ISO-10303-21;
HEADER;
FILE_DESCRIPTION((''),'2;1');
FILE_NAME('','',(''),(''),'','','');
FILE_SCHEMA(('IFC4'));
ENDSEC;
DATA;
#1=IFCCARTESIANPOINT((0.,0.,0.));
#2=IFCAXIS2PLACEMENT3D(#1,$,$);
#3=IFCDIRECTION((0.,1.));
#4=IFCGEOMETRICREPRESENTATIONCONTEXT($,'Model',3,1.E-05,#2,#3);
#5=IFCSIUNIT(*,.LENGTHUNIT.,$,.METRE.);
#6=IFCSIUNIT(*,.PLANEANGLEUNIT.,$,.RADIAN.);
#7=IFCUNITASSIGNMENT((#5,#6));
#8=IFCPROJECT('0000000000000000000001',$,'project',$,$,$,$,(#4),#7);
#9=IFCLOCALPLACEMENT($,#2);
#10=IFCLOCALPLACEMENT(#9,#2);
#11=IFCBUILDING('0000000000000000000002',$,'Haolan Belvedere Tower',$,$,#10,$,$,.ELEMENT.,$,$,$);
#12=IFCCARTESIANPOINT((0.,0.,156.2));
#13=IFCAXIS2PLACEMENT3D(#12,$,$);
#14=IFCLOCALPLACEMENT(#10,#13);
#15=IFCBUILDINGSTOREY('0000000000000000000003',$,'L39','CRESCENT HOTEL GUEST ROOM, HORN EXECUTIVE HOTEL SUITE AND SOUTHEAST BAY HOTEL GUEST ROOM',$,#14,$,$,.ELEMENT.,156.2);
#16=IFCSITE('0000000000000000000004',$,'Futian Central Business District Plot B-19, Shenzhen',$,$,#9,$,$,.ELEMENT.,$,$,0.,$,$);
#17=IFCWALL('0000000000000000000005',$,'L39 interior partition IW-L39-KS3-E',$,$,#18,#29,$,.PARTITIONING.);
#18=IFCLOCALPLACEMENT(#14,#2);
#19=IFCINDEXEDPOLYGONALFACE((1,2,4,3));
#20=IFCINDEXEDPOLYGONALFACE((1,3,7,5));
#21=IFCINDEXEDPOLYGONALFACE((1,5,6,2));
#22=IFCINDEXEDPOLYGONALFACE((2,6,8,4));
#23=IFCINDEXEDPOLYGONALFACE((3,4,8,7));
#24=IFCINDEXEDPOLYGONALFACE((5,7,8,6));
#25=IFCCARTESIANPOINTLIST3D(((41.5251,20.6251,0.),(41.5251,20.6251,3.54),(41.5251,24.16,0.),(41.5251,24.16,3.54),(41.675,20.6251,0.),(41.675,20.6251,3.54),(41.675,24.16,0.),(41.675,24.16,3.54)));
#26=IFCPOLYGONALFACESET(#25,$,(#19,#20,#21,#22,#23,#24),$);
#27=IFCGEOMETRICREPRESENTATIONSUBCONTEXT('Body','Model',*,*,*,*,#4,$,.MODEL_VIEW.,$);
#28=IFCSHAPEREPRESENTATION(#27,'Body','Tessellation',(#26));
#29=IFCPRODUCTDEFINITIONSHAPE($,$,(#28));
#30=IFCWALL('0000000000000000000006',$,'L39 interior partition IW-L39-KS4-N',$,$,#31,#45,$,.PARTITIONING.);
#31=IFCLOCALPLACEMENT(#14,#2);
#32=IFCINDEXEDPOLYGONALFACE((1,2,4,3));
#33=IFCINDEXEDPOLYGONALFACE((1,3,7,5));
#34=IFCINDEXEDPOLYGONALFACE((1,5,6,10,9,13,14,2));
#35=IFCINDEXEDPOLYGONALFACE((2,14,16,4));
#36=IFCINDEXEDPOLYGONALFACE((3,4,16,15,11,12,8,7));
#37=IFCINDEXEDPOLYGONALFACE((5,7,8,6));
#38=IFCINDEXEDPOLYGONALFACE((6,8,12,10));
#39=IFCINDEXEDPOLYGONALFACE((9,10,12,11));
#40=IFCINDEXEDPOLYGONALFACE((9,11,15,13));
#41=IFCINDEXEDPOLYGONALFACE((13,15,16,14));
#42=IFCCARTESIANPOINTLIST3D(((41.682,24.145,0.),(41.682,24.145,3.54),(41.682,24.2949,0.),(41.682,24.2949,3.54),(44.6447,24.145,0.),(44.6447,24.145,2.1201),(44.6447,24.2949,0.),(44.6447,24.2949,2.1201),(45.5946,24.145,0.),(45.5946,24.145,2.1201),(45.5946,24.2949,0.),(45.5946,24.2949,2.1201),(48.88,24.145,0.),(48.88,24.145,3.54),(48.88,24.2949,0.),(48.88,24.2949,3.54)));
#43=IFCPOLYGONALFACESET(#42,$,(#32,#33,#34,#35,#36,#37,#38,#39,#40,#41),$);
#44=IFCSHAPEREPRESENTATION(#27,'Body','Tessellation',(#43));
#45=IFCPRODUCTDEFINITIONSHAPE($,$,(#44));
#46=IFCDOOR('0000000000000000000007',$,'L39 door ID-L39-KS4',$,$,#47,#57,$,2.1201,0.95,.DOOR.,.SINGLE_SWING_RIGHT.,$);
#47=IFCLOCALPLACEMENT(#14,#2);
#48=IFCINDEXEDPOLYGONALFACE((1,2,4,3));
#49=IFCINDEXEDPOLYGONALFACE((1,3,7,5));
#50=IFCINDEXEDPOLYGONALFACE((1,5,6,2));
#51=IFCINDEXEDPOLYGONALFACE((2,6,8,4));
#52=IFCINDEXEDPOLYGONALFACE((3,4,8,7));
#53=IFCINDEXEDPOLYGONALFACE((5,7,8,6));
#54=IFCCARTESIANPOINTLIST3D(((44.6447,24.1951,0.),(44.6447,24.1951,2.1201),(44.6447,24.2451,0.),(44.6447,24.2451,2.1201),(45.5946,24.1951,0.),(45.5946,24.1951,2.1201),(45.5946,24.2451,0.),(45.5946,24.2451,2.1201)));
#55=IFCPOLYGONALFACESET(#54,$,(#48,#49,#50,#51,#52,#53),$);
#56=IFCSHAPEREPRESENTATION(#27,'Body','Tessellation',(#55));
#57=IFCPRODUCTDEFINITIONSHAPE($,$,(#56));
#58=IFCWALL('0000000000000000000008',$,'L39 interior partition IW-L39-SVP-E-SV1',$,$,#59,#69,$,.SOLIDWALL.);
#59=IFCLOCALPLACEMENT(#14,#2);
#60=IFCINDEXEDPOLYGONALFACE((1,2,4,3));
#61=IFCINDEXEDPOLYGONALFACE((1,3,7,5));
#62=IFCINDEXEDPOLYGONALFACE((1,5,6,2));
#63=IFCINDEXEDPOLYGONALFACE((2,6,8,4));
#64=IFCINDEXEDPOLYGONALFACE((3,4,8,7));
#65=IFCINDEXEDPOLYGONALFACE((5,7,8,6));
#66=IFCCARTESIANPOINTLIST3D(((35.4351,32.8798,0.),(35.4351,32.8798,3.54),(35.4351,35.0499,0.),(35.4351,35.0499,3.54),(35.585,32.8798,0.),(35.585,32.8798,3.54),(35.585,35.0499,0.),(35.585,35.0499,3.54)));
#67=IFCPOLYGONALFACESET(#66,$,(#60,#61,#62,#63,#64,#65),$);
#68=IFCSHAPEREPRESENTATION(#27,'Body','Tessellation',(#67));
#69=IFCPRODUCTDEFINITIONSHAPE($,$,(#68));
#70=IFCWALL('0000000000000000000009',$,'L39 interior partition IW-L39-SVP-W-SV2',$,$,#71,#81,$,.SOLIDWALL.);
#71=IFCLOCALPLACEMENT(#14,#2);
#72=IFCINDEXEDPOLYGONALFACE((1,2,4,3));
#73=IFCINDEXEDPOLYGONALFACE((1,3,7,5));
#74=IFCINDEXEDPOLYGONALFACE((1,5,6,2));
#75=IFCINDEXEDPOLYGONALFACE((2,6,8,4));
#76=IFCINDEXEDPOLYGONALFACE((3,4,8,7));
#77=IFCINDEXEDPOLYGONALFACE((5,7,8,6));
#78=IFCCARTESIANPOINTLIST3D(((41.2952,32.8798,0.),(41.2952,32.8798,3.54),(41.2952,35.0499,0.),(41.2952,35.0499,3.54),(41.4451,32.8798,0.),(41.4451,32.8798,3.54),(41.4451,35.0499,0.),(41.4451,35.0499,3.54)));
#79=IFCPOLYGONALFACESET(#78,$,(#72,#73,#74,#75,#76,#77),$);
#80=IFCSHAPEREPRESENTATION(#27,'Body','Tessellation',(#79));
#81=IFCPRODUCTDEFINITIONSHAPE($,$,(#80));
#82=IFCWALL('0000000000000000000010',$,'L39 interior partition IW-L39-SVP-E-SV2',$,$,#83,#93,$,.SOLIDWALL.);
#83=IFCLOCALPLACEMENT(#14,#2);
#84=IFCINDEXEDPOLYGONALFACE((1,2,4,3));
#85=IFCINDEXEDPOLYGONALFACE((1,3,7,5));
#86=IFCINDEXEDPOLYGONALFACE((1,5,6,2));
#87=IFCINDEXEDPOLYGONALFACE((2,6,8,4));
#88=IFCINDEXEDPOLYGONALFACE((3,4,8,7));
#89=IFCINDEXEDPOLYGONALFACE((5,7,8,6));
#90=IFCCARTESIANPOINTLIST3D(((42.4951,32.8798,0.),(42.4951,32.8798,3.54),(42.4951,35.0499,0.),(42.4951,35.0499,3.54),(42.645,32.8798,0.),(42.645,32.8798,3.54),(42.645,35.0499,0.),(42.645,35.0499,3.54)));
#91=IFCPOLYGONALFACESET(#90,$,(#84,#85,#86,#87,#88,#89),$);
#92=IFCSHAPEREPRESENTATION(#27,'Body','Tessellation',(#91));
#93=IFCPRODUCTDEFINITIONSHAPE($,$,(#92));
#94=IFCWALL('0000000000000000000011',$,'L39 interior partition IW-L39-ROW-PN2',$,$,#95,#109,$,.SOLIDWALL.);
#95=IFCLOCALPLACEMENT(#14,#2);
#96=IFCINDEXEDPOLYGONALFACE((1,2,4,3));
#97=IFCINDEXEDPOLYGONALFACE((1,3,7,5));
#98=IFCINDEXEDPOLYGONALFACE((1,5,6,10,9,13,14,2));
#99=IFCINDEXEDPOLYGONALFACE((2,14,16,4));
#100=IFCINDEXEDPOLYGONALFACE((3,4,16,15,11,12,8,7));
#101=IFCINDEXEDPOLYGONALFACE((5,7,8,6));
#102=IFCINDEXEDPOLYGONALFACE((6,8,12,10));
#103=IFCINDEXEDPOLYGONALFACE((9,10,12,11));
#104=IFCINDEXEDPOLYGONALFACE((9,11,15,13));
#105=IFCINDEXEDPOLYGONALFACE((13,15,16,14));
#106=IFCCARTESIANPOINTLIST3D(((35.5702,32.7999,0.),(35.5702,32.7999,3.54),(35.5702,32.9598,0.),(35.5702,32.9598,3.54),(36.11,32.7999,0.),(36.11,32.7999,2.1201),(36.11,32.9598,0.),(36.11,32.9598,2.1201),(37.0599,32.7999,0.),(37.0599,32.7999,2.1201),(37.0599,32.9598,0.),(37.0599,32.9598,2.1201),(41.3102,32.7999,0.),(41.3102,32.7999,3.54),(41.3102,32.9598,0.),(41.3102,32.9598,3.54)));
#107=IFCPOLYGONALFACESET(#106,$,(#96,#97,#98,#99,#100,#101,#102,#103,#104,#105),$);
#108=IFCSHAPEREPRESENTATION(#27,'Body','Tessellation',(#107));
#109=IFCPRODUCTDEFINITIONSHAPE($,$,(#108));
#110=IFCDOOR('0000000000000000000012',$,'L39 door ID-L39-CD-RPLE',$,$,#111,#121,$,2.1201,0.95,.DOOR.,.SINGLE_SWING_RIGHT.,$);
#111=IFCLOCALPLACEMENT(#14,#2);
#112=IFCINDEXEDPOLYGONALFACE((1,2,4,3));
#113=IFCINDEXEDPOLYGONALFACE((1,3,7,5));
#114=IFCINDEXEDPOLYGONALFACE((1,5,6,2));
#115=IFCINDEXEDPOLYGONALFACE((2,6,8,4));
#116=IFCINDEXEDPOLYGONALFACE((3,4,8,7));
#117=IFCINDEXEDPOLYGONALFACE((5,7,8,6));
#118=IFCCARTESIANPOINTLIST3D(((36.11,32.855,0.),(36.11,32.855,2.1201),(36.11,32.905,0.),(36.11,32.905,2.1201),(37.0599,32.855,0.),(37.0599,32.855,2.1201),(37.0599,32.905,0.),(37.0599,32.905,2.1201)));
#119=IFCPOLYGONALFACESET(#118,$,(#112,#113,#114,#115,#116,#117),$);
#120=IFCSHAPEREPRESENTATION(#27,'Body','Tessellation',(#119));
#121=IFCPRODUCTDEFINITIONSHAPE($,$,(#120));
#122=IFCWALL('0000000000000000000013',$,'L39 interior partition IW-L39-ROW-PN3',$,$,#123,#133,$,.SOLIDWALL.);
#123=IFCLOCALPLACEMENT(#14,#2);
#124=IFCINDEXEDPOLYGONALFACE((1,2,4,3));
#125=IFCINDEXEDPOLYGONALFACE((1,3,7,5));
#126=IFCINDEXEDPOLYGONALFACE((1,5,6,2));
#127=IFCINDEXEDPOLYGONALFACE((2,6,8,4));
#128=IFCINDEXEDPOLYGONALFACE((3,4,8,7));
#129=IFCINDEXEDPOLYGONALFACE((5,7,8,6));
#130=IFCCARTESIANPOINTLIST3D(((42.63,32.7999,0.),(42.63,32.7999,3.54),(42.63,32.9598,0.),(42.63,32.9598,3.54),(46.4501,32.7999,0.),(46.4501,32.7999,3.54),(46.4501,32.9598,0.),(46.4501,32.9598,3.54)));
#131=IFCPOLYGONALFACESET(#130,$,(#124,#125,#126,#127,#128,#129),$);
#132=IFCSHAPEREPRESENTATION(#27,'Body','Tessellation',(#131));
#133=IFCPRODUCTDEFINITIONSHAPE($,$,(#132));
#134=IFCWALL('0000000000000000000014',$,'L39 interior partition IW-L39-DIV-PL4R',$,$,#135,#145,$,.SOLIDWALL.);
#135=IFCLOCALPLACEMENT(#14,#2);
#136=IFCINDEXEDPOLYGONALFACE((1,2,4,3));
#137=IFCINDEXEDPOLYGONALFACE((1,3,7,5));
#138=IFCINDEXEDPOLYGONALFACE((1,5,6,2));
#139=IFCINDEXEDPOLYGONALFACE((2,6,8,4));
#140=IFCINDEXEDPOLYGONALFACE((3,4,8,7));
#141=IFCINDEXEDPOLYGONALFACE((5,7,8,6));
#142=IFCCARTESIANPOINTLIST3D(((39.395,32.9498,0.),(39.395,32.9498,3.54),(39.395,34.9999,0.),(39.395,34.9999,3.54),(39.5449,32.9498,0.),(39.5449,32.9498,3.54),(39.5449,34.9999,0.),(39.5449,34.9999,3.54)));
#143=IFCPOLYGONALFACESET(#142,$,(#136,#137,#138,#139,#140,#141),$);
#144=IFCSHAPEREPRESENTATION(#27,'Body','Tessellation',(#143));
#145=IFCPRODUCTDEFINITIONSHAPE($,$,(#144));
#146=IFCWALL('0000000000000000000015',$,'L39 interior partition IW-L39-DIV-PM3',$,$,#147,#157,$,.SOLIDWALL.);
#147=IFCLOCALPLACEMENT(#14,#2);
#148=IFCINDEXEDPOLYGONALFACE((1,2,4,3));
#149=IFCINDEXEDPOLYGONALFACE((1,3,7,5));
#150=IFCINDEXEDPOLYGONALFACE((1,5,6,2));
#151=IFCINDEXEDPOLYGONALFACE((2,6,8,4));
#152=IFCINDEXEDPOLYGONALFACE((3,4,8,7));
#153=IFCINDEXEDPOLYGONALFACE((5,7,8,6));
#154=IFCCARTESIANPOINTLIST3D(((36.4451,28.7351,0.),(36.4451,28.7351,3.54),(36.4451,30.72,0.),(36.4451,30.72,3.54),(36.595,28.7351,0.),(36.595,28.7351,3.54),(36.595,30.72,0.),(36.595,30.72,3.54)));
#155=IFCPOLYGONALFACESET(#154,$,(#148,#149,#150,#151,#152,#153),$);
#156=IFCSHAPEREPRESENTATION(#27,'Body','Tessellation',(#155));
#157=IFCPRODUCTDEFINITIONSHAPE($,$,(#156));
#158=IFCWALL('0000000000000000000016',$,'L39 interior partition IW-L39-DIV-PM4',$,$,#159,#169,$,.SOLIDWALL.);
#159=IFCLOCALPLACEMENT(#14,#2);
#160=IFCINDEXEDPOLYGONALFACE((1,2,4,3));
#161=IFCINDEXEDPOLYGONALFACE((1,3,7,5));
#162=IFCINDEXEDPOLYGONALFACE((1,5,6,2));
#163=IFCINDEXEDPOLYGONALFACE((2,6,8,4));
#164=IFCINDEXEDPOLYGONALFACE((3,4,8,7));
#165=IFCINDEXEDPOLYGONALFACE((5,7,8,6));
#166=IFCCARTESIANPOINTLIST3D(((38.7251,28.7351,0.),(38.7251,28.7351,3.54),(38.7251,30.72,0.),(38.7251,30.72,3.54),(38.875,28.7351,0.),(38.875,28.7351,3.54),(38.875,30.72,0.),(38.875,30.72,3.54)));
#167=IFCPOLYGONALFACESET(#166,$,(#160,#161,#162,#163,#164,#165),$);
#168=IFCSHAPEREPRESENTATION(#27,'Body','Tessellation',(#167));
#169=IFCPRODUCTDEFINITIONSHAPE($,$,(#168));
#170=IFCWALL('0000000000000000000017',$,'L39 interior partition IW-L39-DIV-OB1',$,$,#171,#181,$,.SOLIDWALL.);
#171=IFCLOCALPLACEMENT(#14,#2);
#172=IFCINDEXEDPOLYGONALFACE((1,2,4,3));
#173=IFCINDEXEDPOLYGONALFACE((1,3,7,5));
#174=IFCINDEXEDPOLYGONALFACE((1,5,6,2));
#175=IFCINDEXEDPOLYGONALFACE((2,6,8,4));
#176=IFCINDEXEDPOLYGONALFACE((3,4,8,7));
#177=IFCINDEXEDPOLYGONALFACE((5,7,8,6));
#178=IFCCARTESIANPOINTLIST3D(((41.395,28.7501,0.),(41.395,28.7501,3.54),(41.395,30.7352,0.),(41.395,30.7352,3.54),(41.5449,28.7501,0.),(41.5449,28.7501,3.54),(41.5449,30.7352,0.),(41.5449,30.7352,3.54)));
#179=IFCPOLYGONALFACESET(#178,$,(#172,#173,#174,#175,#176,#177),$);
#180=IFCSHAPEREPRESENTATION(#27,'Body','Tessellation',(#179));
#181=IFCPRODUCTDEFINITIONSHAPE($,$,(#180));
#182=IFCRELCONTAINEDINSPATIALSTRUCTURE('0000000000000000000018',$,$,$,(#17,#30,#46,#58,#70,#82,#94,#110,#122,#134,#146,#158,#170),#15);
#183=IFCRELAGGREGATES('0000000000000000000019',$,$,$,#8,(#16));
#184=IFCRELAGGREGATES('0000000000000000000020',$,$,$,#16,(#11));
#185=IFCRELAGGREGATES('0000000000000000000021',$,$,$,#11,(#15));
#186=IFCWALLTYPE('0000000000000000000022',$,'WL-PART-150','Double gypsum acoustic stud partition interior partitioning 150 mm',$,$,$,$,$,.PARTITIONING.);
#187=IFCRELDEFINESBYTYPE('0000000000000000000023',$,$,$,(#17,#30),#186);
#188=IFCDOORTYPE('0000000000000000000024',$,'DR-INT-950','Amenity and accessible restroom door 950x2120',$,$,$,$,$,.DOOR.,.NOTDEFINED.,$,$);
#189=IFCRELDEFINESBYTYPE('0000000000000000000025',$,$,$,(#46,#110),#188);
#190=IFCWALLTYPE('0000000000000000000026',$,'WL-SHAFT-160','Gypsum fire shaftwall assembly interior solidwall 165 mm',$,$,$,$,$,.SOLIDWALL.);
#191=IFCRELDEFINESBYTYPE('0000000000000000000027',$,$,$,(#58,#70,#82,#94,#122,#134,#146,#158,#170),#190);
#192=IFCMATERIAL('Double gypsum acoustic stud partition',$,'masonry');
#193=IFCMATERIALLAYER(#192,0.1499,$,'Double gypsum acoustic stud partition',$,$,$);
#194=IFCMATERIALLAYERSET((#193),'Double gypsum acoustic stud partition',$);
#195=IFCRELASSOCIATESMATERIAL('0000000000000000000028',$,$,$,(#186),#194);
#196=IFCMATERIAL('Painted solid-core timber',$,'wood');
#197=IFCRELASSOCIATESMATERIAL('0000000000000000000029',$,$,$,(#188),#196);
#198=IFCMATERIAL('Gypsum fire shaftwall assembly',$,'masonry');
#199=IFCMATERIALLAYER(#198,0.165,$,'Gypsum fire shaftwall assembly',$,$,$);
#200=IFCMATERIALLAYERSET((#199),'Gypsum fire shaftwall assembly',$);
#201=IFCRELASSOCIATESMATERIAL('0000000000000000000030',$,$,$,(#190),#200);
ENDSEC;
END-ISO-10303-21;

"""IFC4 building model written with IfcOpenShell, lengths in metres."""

from ifc_helpers import new_model, si_unit, direction, frame, frame_2d, origin, place, context, subcontext, project, spatial, rectangle, extrude, material, layer, layer_set, type_object, element, fill, save


model = new_model("IFC4")

# Units and contexts
model_context = context("Model", 3, precision=1e-05, world=origin(), true_north=direction((0.0, 1.0)))
body_context = subcontext(model_context, "Body", "Model", "MODEL_VIEW")
ifc_project = project(units=[si_unit("LENGTHUNIT", "METRE"), si_unit("PLANEANGLEUNIT", "RADIAN")], contexts=[model_context])

# Site, building, storey
site_placement = place(None, origin())
site = spatial("IfcSite", under=ifc_project, at=site_placement, Name="Futian Central Business District Plot B-19, Shenzhen", CompositionType="ELEMENT", RefElevation=0.0)
building_placement = place(site_placement, origin())
building = spatial("IfcBuilding", under=site, at=building_placement, Name="Haolan Belvedere Tower", CompositionType="ELEMENT")
storey_placement = place(building_placement, frame((0.0, 0.0, 156.2)))
storey = spatial("IfcBuildingStorey", under=building, at=storey_placement, Name="L39", Description="CRESCENT HOTEL GUEST ROOM, HORN EXECUTIVE HOTEL SUITE AND SOUTHEAST BAY HOTEL GUEST ROOM", CompositionType="ELEMENT", Elevation=156.2)

# Shared definitions
ifc_material_1 = material(Name="Double gypsum acoustic stud partition", Category="masonry")
ifc_layer_1 = layer(ifc_material_1, 0.1499, Name="Double gypsum acoustic stud partition")
ifc_layer_set_1 = layer_set([ifc_layer_1], Name="Double gypsum acoustic stud partition")
wall_type_1 = type_object("IfcWallType", Name="WL-PART-150", Description="Double gypsum acoustic stud partition interior partitioning 150 mm", PredefinedType="PARTITIONING", material=ifc_layer_set_1)

# Shared definitions
ifc_material_2 = material(Name="Painted solid-core timber", Category="wood")
door_type = type_object("IfcDoorType", Name="DR-INT-950", Description="Amenity and accessible restroom door 950x2120", OperationType="NOTDEFINED", PredefinedType="DOOR", material=ifc_material_2)

# Wall
wall_1_placement = place(storey_placement, frame((41.6001, 20.625, 0.0), z_axis=(0.0, 0.0, 1.0), x_axis=(0.0, 1.0, 0.0)))
element("IfcWall", 1, at=wall_1_placement, inside=storey, type_object=wall_type_1, Name="L39 interior partition IW-L39-KS3-E", PredefinedType="PARTITIONING", context=body_context, shape_type="SweptSolid", body=[
    extrude(rectangle(XDim=3.5349, YDim=0.1499, at=frame_2d((1.7676, 0.0))), origin(), (0.0, 0.0, 1.0), 3.54),
])

# Wall, opening, door
wall_2_placement = place(storey_placement, frame((41.6819, 24.22, 0.0), z_axis=(0.0, 0.0, 1.0), x_axis=(1.0, 0.0, 0.0)))
wall_2 = element("IfcWall", 2, at=wall_2_placement, inside=storey, type_object=wall_type_1, Name="L39 interior partition IW-L39-KS4-N", PredefinedType="PARTITIONING", context=body_context, shape_type="SweptSolid", body=[
    extrude(rectangle(XDim=7.198, YDim=0.1499, at=frame_2d((3.5991, 0.0))), origin(), (0.0, 0.0, 1.0), 3.54),
])
opening_1_placement = place(wall_2_placement, frame((3.9128, 0.0, 0.0), z_axis=(0.0, 0.0, 1.0), x_axis=(-1.0, 0.0, 0.0)))
opening_1 = element("IfcOpeningElement", 3, at=opening_1_placement, cuts=wall_2, PredefinedType="OPENING", context=body_context, shape_type="SweptSolid", body=[
    extrude(rectangle(XDim=0.95, YDim=2.1201, at=frame_2d((0.4751, 1.0601))), frame((0.0, 0.085, 0.0), z_axis=(0.0, -1.0, 0.0), x_axis=(1.0, 0.0, 0.0)), (0.0, 0.0, 1.0), 0.1699),
])
door_1_placement = place(opening_1_placement, origin())
door_1 = element("IfcDoor", 4, at=door_1_placement, inside=storey, type_object=door_type, Name="L39 door ID-L39-KS4", OperationType="SINGLE_SWING_RIGHT", OverallHeight=2.1201, OverallWidth=0.95, PredefinedType="DOOR", context=body_context, shape_type="SweptSolid", body=[
    extrude(rectangle(XDim=0.95, YDim=2.1201, at=frame_2d((0.4751, 1.0601))), frame((0.0, 0.0249, 0.0), z_axis=(0.0, -1.0, 0.0), x_axis=(1.0, 0.0, 0.0)), (0.0, 0.0, 1.0), 0.05),
])
fill(opening_1, door_1)

# Walls
ifc_material_3 = material(Name="Gypsum fire shaftwall assembly", Category="masonry")
ifc_layer_2 = layer(ifc_material_3, 0.165, Name="Gypsum fire shaftwall assembly")
ifc_layer_set_2 = layer_set([ifc_layer_2], Name="Gypsum fire shaftwall assembly")
wall_type_2 = type_object("IfcWallType", Name="WL-SHAFT-160", Description="Gypsum fire shaftwall assembly interior solidwall 165 mm", PredefinedType="SOLIDWALL", material=ifc_layer_set_2)
for number, where, z_axis, x_axis, name in (
    (5, (35.51, 32.8799, 0.0), (0.0, 0.0, 1.0), (0.0, 1.0, 0.0), "L39 interior partition IW-L39-SVP-E-SV1"),
    (6, (41.3701, 32.8799, 0.0), (0.0, 0.0, 1.0), (0.0, 1.0, 0.0), "L39 interior partition IW-L39-SVP-W-SV2"),
    (7, (42.5701, 32.8799, 0.0), (0.0, 0.0, 1.0), (0.0, 1.0, 0.0), "L39 interior partition IW-L39-SVP-E-SV2"),
):
    element("IfcWall", number, at=place(storey_placement, frame(where, z_axis=z_axis, x_axis=x_axis)), inside=storey, type_object=wall_type_2, Name=name, PredefinedType="SOLIDWALL", context=body_context, shape_type="SweptSolid", body=[
        extrude(rectangle(XDim=2.1702, YDim=0.1499, at=frame_2d((1.085, 0.0))), origin(), (0.0, 0.0, 1.0), 3.54),
    ])

# Wall, opening, door
wall_3_placement = place(storey_placement, frame((35.5701, 32.8799, 0.0), z_axis=(0.0, 0.0, 1.0), x_axis=(1.0, 0.0, 0.0)))
wall_3 = element("IfcWall", 8, at=wall_3_placement, inside=storey, type_object=wall_type_2, Name="L39 interior partition IW-L39-ROW-PN2", PredefinedType="SOLIDWALL", context=body_context, shape_type="SweptSolid", body=[
    extrude(rectangle(XDim=5.74, YDim=0.1599, at=frame_2d((2.8701, 0.0))), origin(), (0.0, 0.0, 1.0), 3.54),
])
opening_2_placement = place(wall_3_placement, frame((1.49, 0.0, 0.0), z_axis=(0.0, 0.0, 1.0), x_axis=(-1.0, 0.0, 0.0)))
opening_2 = element("IfcOpeningElement", 9, at=opening_2_placement, cuts=wall_3, PredefinedType="OPENING", context=body_context, shape_type="SweptSolid", body=[
    extrude(rectangle(XDim=0.95, YDim=2.1201, at=frame_2d((0.4751, 1.0601))), frame((0.0, 0.0898, 0.0), z_axis=(0.0, -1.0, 0.0), x_axis=(1.0, 0.0, 0.0)), (0.0, 0.0, 1.0), 0.1799),
])
door_2_placement = place(opening_2_placement, origin())
door_2 = element("IfcDoor", 10, at=door_2_placement, inside=storey, type_object=door_type, Name="L39 door ID-L39-CD-RPLE", OperationType="SINGLE_SWING_RIGHT", OverallHeight=2.1201, OverallWidth=0.95, PredefinedType="DOOR", context=body_context, shape_type="SweptSolid", body=[
    extrude(rectangle(XDim=0.95, YDim=2.1201, at=frame_2d((0.4751, 1.0601))), frame((0.0, 0.0249, 0.0), z_axis=(0.0, -1.0, 0.0), x_axis=(1.0, 0.0, 0.0)), (0.0, 0.0, 1.0), 0.05),
])
fill(opening_2, door_2)

# Walls
wall_4_placement = place(storey_placement, frame((42.6299, 32.8799, 0.0), z_axis=(0.0, 0.0, 1.0), x_axis=(1.0, 0.0, 0.0)))
element("IfcWall", 11, at=wall_4_placement, inside=storey, type_object=wall_type_2, Name="L39 interior partition IW-L39-ROW-PN3", PredefinedType="SOLIDWALL", context=body_context, shape_type="SweptSolid", body=[
    extrude(rectangle(XDim=3.8201, YDim=0.1599, at=frame_2d((1.9102, 0.0))), origin(), (0.0, 0.0, 1.0), 3.54),
])
wall_5_placement = place(storey_placement, frame((39.47, 32.95, 0.0), z_axis=(0.0, 0.0, 1.0), x_axis=(0.0, 1.0, 0.0)))
element("IfcWall", 12, at=wall_5_placement, inside=storey, type_object=wall_type_2, Name="L39 interior partition IW-L39-DIV-PL4R", PredefinedType="SOLIDWALL", context=body_context, shape_type="SweptSolid", body=[
    extrude(rectangle(XDim=2.05, YDim=0.1499, at=frame_2d((1.0249, 0.0))), origin(), (0.0, 0.0, 1.0), 3.54),
])
for number, where, z_axis, x_axis, name in (
    (13, (36.52, 28.7351, 0.0), (0.0, 0.0, 1.0), (0.0, 1.0, 0.0), "L39 interior partition IW-L39-DIV-PM3"),
    (14, (38.8, 28.7351, 0.0), (0.0, 0.0, 1.0), (0.0, 1.0, 0.0), "L39 interior partition IW-L39-DIV-PM4"),
):
    element("IfcWall", number, at=place(storey_placement, frame(where, z_axis=z_axis, x_axis=x_axis)), inside=storey, type_object=wall_type_2, Name=name, PredefinedType="SOLIDWALL", context=body_context, shape_type="SweptSolid", body=[
        extrude(rectangle(XDim=1.9849, YDim=0.1499, at=frame_2d((0.9924, 0.0))), origin(), (0.0, 0.0, 1.0), 3.54),
    ])
wall_6_placement = place(storey_placement, frame((41.47, 28.75, 0.0), z_axis=(0.0, 0.0, 1.0), x_axis=(0.0, 1.0, 0.0)))
element("IfcWall", 15, at=wall_6_placement, inside=storey, type_object=wall_type_2, Name="L39 interior partition IW-L39-DIV-OB1", PredefinedType="SOLIDWALL", context=body_context, shape_type="SweptSolid", body=[
    extrude(rectangle(XDim=1.9851, YDim=0.1499, at=frame_2d((0.9927, 0.0))), origin(), (0.0, 0.0, 1.0), 3.54),
])

save(model, "model.ifc")
